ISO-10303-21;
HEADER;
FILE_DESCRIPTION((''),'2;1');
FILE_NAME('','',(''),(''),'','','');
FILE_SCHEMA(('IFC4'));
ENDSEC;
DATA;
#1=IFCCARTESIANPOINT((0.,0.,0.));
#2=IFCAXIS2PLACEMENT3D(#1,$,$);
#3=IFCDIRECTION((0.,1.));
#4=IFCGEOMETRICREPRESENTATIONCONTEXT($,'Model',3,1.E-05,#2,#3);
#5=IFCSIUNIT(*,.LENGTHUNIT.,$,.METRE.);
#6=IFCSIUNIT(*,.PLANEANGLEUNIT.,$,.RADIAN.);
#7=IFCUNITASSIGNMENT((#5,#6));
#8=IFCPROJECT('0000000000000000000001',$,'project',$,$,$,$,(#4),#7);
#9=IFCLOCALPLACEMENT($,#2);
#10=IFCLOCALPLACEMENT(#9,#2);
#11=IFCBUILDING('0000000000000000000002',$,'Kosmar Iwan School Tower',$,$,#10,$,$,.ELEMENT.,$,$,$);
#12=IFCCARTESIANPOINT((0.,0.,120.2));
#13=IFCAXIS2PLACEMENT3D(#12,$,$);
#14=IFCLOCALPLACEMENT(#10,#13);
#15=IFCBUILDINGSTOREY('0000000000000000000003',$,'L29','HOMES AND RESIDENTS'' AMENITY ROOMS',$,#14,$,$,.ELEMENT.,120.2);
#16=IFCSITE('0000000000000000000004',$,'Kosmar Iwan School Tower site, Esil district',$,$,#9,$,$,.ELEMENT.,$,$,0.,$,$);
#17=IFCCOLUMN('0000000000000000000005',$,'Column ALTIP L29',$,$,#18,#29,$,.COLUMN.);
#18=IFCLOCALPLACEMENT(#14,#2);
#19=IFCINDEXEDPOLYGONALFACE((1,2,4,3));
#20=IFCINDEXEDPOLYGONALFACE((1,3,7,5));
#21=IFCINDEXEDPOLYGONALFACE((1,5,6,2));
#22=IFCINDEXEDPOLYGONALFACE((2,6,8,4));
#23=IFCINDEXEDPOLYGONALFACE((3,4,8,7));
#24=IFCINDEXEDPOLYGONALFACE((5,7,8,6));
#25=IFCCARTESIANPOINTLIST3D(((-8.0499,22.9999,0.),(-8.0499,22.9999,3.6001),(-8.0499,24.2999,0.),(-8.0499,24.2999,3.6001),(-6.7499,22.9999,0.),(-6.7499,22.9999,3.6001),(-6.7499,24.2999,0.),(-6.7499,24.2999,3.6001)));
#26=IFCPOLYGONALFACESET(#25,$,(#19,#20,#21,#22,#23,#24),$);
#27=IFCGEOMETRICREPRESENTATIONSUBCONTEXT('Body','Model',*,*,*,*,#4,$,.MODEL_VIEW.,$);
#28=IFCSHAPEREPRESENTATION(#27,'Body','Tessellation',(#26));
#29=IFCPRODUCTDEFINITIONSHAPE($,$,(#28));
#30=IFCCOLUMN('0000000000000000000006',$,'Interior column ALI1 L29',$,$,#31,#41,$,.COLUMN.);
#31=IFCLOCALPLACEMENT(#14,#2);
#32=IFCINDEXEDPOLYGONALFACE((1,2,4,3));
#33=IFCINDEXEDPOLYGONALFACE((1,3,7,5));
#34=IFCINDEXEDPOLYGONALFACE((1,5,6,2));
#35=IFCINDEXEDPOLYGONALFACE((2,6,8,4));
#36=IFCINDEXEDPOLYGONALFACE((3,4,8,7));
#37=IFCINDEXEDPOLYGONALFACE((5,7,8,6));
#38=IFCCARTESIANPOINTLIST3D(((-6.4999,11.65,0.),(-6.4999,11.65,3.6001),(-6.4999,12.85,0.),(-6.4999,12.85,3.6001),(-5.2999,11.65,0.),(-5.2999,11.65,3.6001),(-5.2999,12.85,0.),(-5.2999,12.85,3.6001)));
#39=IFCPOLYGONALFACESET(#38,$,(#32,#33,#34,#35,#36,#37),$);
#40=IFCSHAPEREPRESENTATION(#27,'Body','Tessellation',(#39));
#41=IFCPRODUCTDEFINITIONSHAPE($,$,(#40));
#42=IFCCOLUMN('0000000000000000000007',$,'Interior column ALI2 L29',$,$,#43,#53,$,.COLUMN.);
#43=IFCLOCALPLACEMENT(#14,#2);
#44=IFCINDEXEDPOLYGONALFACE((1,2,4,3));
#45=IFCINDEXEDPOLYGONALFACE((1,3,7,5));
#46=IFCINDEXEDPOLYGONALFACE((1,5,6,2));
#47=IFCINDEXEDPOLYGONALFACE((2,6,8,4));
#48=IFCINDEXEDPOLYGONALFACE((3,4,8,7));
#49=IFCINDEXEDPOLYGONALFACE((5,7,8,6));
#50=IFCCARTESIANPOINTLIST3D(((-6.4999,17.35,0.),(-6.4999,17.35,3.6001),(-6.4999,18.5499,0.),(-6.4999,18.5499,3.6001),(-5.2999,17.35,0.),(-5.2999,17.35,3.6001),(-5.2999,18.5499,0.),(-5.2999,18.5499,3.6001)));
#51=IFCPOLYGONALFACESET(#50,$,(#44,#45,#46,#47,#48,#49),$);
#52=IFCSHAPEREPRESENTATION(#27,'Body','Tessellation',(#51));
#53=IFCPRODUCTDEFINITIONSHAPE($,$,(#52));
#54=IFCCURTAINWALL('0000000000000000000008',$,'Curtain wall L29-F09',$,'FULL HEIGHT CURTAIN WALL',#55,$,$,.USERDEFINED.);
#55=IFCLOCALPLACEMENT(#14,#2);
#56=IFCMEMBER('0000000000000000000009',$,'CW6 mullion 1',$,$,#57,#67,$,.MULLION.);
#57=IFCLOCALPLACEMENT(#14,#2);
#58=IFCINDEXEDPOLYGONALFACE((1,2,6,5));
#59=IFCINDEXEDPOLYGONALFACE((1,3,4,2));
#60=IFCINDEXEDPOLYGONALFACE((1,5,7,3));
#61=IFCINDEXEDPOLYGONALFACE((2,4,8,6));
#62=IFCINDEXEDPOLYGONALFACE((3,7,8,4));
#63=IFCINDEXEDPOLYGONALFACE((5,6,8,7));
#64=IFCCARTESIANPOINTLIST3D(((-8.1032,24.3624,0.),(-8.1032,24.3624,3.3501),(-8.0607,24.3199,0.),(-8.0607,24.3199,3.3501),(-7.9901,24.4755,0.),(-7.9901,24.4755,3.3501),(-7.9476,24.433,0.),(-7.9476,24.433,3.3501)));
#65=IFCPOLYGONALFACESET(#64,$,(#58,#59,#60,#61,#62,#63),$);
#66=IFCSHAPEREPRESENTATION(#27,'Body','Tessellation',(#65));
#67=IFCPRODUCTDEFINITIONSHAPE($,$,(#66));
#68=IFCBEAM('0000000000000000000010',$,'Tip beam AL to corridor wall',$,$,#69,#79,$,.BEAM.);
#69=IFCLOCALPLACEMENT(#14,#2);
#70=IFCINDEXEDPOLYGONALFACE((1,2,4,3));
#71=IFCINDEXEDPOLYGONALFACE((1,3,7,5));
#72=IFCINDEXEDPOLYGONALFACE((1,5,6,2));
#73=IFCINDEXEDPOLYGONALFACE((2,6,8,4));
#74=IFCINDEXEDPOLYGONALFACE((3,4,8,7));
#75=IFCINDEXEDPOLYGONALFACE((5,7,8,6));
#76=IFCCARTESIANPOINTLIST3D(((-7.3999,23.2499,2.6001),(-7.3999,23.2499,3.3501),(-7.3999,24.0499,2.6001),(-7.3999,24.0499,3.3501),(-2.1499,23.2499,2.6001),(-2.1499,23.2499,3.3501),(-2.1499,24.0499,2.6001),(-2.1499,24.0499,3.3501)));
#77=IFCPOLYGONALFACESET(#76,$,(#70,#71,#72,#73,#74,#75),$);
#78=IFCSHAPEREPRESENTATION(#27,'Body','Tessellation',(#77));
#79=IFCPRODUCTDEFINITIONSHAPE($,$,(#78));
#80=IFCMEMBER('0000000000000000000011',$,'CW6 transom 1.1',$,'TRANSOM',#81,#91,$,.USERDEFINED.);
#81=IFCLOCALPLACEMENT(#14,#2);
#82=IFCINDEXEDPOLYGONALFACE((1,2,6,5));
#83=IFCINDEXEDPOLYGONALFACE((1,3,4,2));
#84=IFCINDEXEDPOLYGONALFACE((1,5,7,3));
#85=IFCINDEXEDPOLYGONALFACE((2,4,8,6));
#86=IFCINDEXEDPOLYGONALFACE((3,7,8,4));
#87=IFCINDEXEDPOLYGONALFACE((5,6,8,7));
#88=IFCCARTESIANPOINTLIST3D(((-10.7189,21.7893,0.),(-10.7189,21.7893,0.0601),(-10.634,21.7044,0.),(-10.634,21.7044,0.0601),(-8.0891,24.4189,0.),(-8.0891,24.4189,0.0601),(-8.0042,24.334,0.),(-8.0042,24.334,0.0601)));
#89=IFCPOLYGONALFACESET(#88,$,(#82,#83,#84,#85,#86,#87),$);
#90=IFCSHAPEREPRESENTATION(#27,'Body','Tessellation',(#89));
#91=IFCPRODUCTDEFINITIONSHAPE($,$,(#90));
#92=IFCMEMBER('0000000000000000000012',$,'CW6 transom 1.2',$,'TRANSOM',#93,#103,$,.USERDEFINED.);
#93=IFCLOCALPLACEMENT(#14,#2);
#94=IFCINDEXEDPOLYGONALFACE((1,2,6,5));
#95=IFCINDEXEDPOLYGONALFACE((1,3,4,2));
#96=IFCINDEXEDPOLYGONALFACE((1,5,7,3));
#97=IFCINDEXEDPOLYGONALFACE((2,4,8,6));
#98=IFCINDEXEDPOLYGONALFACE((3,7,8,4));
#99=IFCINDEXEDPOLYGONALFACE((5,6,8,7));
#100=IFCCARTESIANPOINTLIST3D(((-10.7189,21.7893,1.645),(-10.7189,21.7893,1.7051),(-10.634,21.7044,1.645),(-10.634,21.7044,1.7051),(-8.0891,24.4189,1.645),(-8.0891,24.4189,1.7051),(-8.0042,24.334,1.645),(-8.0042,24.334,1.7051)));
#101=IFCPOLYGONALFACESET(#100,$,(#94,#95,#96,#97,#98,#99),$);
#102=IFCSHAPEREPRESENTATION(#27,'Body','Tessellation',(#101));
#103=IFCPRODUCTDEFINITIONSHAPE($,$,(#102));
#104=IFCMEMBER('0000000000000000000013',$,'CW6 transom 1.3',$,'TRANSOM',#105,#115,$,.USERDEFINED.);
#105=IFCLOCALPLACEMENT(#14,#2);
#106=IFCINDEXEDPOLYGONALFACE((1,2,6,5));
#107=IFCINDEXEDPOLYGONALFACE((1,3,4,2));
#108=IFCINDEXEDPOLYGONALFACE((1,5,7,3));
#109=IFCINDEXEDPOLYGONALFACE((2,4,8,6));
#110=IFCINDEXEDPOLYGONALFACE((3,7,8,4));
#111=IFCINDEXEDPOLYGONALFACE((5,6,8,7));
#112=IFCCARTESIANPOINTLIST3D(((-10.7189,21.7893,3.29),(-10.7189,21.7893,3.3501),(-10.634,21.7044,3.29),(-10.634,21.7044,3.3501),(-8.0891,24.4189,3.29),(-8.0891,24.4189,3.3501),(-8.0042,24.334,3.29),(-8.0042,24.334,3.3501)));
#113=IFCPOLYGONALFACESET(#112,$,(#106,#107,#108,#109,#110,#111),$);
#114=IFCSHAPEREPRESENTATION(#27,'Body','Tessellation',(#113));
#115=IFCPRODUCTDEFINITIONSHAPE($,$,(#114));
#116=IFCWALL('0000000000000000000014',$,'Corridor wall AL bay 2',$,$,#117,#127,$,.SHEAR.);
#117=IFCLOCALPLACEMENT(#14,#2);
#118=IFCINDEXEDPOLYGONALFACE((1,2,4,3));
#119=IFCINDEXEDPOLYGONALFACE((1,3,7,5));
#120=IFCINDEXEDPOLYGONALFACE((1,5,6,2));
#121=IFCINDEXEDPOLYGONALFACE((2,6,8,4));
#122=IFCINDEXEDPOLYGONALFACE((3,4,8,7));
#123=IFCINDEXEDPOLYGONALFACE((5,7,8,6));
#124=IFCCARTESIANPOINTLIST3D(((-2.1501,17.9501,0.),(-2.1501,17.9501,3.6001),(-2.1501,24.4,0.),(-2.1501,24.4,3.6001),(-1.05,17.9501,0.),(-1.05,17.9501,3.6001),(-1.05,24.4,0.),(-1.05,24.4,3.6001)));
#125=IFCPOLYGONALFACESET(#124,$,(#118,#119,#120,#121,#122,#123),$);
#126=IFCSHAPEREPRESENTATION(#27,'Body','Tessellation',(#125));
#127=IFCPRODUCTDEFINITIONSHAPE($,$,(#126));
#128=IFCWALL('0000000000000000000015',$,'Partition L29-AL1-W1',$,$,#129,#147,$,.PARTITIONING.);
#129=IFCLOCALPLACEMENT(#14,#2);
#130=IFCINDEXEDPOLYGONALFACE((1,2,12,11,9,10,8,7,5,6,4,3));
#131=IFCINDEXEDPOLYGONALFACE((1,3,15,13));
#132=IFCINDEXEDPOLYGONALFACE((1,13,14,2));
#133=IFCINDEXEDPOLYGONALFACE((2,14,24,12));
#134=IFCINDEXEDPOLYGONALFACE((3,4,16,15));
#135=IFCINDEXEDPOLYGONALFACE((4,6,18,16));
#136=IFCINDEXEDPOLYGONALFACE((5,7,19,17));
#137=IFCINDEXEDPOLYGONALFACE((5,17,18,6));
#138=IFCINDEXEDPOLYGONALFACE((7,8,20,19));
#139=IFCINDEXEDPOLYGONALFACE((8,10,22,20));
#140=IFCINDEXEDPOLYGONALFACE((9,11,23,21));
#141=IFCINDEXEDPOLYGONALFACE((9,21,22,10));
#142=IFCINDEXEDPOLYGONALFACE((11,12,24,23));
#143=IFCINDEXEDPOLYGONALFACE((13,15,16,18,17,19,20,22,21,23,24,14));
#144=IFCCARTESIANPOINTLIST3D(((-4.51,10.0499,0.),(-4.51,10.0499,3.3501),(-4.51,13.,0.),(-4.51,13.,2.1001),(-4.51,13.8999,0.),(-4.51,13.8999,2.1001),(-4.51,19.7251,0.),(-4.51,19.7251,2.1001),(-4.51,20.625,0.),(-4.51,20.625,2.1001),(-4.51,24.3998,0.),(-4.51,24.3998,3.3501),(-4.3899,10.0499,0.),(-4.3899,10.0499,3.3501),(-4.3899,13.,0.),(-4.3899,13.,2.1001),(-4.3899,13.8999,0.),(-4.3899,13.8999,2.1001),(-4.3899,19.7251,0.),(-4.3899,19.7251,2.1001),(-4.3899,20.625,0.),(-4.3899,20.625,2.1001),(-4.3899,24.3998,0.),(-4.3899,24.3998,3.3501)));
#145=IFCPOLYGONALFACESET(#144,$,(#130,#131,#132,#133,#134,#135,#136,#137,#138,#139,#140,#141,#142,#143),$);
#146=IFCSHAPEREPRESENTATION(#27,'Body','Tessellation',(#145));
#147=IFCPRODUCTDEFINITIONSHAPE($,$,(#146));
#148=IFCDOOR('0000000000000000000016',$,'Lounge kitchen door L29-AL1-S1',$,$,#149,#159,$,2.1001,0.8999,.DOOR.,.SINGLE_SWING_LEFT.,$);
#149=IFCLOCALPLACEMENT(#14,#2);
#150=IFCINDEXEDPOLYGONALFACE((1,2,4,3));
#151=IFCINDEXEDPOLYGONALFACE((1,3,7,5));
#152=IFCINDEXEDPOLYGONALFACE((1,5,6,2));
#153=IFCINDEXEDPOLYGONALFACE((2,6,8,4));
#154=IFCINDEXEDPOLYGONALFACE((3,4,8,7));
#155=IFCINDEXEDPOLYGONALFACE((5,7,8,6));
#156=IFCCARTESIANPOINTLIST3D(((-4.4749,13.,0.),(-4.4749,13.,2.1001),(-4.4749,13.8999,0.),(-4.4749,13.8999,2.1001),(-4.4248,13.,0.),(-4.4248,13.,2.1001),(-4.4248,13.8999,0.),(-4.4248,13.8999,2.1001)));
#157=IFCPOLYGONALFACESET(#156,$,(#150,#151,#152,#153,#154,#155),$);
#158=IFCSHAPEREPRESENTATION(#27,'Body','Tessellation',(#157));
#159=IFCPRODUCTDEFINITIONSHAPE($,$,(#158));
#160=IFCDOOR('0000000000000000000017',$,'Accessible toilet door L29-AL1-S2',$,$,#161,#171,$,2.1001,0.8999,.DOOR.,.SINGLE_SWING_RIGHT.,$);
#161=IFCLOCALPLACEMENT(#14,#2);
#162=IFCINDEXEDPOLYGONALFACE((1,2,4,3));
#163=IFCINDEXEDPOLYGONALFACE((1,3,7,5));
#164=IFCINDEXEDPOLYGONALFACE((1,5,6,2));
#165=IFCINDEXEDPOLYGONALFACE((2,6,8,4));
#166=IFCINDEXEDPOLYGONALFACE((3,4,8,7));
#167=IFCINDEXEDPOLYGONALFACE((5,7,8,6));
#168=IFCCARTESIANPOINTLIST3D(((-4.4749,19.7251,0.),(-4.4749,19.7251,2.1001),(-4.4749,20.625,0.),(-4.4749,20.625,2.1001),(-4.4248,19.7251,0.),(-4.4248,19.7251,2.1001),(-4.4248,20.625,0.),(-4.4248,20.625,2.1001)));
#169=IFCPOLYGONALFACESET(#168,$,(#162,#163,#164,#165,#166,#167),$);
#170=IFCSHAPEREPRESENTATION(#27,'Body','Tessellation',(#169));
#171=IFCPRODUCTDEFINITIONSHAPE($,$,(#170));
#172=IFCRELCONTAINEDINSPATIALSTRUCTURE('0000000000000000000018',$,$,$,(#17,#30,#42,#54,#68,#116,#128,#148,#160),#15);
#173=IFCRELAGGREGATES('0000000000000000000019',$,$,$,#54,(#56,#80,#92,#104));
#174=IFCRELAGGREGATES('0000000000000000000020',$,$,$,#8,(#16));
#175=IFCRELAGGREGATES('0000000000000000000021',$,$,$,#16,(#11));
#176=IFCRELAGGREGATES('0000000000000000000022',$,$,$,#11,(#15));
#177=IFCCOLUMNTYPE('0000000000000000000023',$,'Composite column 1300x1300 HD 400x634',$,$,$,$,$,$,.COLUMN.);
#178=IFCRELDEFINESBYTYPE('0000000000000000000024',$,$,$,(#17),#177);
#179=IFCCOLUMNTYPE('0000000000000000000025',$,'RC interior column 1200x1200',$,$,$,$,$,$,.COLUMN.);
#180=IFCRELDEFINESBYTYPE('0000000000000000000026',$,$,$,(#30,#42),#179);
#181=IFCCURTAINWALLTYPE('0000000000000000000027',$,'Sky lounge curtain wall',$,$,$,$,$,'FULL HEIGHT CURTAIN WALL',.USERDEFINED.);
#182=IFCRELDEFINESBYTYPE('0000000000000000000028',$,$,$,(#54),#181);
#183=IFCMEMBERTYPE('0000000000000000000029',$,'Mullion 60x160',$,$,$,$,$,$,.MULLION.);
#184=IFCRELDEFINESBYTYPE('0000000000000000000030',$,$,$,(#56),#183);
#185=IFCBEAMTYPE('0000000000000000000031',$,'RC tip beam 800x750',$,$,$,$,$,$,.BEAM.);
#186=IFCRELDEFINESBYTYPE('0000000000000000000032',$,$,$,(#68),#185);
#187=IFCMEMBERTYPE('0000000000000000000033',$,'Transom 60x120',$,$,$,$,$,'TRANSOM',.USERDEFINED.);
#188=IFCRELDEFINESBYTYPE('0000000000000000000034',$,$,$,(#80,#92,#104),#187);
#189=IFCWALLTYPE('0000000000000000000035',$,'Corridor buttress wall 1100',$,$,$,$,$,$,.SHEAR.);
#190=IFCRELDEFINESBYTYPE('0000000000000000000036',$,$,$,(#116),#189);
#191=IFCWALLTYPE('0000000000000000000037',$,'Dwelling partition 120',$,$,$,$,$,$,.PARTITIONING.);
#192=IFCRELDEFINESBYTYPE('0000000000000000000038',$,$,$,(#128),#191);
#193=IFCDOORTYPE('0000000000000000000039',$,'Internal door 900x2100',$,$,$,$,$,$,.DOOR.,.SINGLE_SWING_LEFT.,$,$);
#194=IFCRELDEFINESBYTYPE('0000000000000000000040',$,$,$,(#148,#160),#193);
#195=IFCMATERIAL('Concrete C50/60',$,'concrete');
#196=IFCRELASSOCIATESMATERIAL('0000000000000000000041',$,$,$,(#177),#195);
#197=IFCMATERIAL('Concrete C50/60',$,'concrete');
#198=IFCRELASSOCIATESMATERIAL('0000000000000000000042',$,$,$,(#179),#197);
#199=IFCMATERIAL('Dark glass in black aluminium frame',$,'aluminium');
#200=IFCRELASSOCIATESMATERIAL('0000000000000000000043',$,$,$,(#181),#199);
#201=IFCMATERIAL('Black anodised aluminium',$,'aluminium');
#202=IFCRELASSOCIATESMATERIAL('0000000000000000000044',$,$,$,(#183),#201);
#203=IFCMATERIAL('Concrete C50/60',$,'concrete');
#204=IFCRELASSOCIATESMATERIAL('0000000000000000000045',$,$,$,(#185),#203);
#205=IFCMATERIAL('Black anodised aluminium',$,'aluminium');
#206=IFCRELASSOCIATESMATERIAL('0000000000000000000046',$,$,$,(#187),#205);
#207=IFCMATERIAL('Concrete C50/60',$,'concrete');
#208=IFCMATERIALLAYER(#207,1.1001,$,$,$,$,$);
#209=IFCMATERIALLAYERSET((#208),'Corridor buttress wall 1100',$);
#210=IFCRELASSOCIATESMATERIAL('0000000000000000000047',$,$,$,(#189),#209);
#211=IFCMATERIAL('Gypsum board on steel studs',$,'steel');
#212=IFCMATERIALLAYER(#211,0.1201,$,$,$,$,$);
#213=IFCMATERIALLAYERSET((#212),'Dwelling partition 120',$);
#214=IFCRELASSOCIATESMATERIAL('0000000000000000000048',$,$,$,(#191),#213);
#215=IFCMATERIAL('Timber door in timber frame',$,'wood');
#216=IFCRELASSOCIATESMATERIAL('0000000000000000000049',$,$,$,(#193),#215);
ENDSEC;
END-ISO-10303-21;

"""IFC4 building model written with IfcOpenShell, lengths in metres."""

from ifc_helpers import new_model, si_unit, direction, frame, frame_2d, origin, origin_2d, place, context, subcontext, project, spatial, rectangle, extrude, material, layer, layer_set, material_profile, profile_set, type_object, element, fill, aggregate, save


model = new_model("IFC4")

# Units and contexts
model_context = context("Model", 3, precision=1e-05, world=origin(), true_north=direction((0.0, 1.0)))
body_context = subcontext(model_context, "Body", "Model", "MODEL_VIEW")
ifc_project = project(units=[si_unit("LENGTHUNIT", "METRE"), si_unit("PLANEANGLEUNIT", "RADIAN")], contexts=[model_context])

# Site, building, storey
site_placement = place(None, origin())
site = spatial("IfcSite", under=ifc_project, at=site_placement, Name="Kosmar Iwan School Tower site, Esil district", CompositionType="ELEMENT", RefElevation=0.0)
building_placement = place(site_placement, origin())
building = spatial("IfcBuilding", under=site, at=building_placement, Name="Kosmar Iwan School Tower", CompositionType="ELEMENT")
storey_placement = place(building_placement, frame((0.0, 0.0, 120.2)))
storey = spatial("IfcBuildingStorey", under=building, at=storey_placement, Name="L29", Description="HOMES AND RESIDENTS' AMENITY ROOMS", CompositionType="ELEMENT", Elevation=120.2)

# Columns
ifc_material_1 = material(Name="Concrete C50/60", Category="concrete")
ifc_material_profile_1 = material_profile(ifc_material_1, rectangle(XDim=1.3, YDim=1.3, at=origin_2d()), Name="RC 1300x1300 + HD 400x634")
ifc_profile_set_1 = profile_set([ifc_material_profile_1], Name="Concrete C50/60")
column_type_1 = type_object("IfcColumnType", Name="Composite column 1300x1300 HD 400x634", PredefinedType="COLUMN", material=ifc_profile_set_1)
column_placement = place(storey_placement, frame((-7.3999, 23.6499, 0.0), z_axis=(0.0, 0.0, 1.0), x_axis=(0.0, 1.0, 0.0)))
element("IfcColumn", 1, at=column_placement, inside=storey, type_object=column_type_1, Name="Column ALTIP L29", PredefinedType="COLUMN", context=body_context, shape_type="SweptSolid", body=[
    extrude(rectangle(XDim=1.3, YDim=1.3, at=origin_2d()), origin(), (0.0, 0.0, 1.0), 3.6001),
])
ifc_material_2 = material(Name="Concrete C50/60", Category="concrete")
ifc_material_profile_2 = material_profile(ifc_material_2, rectangle(XDim=1.2, YDim=1.2, at=origin_2d()), Name="RC 1200x1200")
ifc_profile_set_2 = profile_set([ifc_material_profile_2], Name="Concrete C50/60")
column_type_2 = type_object("IfcColumnType", Name="RC interior column 1200x1200", PredefinedType="COLUMN", material=ifc_profile_set_2)
for number, where, z_axis, x_axis, name in (
    (2, (-5.8999, 12.25, 0.0), (0.0, 0.0, 1.0), (0.0, 1.0, 0.0), "Interior column ALI1 L29"),
    (3, (-5.8999, 17.95, 0.0), (0.0, 0.0, 1.0), (0.0, 1.0, 0.0), "Interior column ALI2 L29"),
):
    element("IfcColumn", number, at=place(storey_placement, frame(where, z_axis=z_axis, x_axis=x_axis)), inside=storey, type_object=column_type_2, Name=name, PredefinedType="COLUMN", context=body_context, shape_type="SweptSolid", body=[
        extrude(rectangle(XDim=1.2, YDim=1.2, at=origin_2d()), origin(), (0.0, 0.0, 1.0), 3.6001),
    ])

# Curtain wall, member
ifc_material_3 = material(Name="Dark glass in black aluminium frame", Category="aluminium")
curtain_wall_type = type_object("IfcCurtainWallType", Name="Sky lounge curtain wall", ElementType="FULL HEIGHT CURTAIN WALL", PredefinedType="USERDEFINED", material=ifc_material_3)
curtain_wall_placement = place(storey_placement, origin())
curtain_wall = element("IfcCurtainWall", 4, at=curtain_wall_placement, inside=storey, type_object=curtain_wall_type, Name="Curtain wall L29-F09", ObjectType="FULL HEIGHT CURTAIN WALL", PredefinedType="USERDEFINED")
ifc_material_4 = material(Name="Black anodised aluminium", Category="aluminium")
ifc_material_profile_3 = material_profile(ifc_material_4, rectangle(XDim=0.0601, YDim=0.1599, at=origin_2d()), Name="MULLION 60x160")
ifc_profile_set_3 = profile_set([ifc_material_profile_3], Name="Black anodised aluminium")
member_type_1 = type_object("IfcMemberType", Name="Mullion 60x160", PredefinedType="MULLION", material=ifc_profile_set_3)
member_1_placement = place(storey_placement, frame((-8.0254, 24.3977, 0.0), z_axis=(0.0, 0.0, 1.0), x_axis=(0.707107, -0.707107, 0.0)))
member_1 = element("IfcMember", 5, at=member_1_placement, type_object=member_type_1, Name="CW6 mullion 1", PredefinedType="MULLION", context=body_context, shape_type="SweptSolid", body=[
    extrude(rectangle(XDim=0.0601, YDim=0.1599, at=origin_2d()), origin(), (0.0, 0.0, 1.0), 3.3501),
])

# Beam
ifc_material_5 = material(Name="Concrete C50/60", Category="concrete")
ifc_material_profile_4 = material_profile(ifc_material_5, rectangle(XDim=0.8, YDim=0.75, at=origin_2d()), Name="RC 800x750")
ifc_profile_set_4 = profile_set([ifc_material_profile_4], Name="Concrete C50/60")
beam_type = type_object("IfcBeamType", Name="RC tip beam 800x750", PredefinedType="BEAM", material=ifc_profile_set_4)
beam_placement = place(storey_placement, frame((-7.3999, 23.6499, 2.9751), z_axis=(1.0, 0.0, 0.0), x_axis=(0.0, 1.0, 0.0)))
element("IfcBeam", 6, at=beam_placement, inside=storey, type_object=beam_type, Name="Tip beam AL to corridor wall", PredefinedType="BEAM", context=body_context, shape_type="SweptSolid", body=[
    extrude(rectangle(XDim=0.8, YDim=0.75, at=origin_2d()), origin(), (0.0, 0.0, 1.0), 5.25),
])

# Members
ifc_material_6 = material(Name="Black anodised aluminium", Category="aluminium")
ifc_material_profile_5 = material_profile(ifc_material_6, rectangle(XDim=0.1201, YDim=0.0601, at=origin_2d()), Name="TRANSOM 60x120")
ifc_profile_set_5 = profile_set([ifc_material_profile_5], Name="Black anodised aluminium")
member_type_2 = type_object("IfcMemberType", Name="Transom 60x120", ElementType="TRANSOM", PredefinedType="USERDEFINED", material=ifc_profile_set_5)
member_2_placement = place(storey_placement, frame((-8.0466, 24.3765, 0.03), z_axis=(-0.70714, -0.707074, 0.0), x_axis=(0.707074, -0.70714, 0.0)))
member_2 = element("IfcMember", 7, at=member_2_placement, type_object=member_type_2, Name="CW6 transom 1.1", ObjectType="TRANSOM", PredefinedType="USERDEFINED", context=body_context, shape_type="SweptSolid", body=[
    extrude(rectangle(XDim=0.1201, YDim=0.0601, at=origin_2d()), origin(), (0.0, 0.0, 1.0), 3.719),
])
member_3_placement = place(storey_placement, frame((-8.0466, 24.3765, 1.675), z_axis=(-0.70714, -0.707074, 0.0), x_axis=(0.707074, -0.70714, 0.0)))
member_3 = element("IfcMember", 8, at=member_3_placement, type_object=member_type_2, Name="CW6 transom 1.2", ObjectType="TRANSOM", PredefinedType="USERDEFINED", context=body_context, shape_type="SweptSolid", body=[
    extrude(rectangle(XDim=0.1201, YDim=0.0601, at=origin_2d()), origin(), (0.0, 0.0, 1.0), 3.719),
])
member_4_placement = place(storey_placement, frame((-8.0466, 24.3765, 3.3201), z_axis=(-0.70714, -0.707074, 0.0), x_axis=(0.707074, -0.70714, 0.0)))
member_4 = element("IfcMember", 9, at=member_4_placement, type_object=member_type_2, Name="CW6 transom 1.3", ObjectType="TRANSOM", PredefinedType="USERDEFINED", context=body_context, shape_type="SweptSolid", body=[
    extrude(rectangle(XDim=0.1201, YDim=0.0601, at=origin_2d()), origin(), (0.0, 0.0, 1.0), 3.719),
])
aggregate(curtain_wall, [member_1, member_2, member_3, member_4])

# Wall
ifc_material_7 = material(Name="Concrete C50/60", Category="concrete")
ifc_layer_1 = layer(ifc_material_7, 1.1001)
ifc_layer_set_1 = layer_set([ifc_layer_1], Name="Corridor buttress wall 1100")
wall_type_1 = type_object("IfcWallType", Name="Corridor buttress wall 1100", PredefinedType="SHEAR", material=ifc_layer_set_1)
wall_1_placement = place(storey_placement, frame((-1.6001, 17.95, 0.0), z_axis=(0.0, 0.0, 1.0), x_axis=(0.0, 1.0, 0.0)))
element("IfcWall", 10, at=wall_1_placement, inside=storey, type_object=wall_type_1, Name="Corridor wall AL bay 2", PredefinedType="SHEAR", context=body_context, shape_type="SweptSolid", body=[
    extrude(rectangle(XDim=6.45, YDim=1.1001, at=frame_2d((3.2251, 0.0))), origin(), (0.0, 0.0, 1.0), 3.6001),
])

# Wall, openings, doors
ifc_material_8 = material(Name="Gypsum board on steel studs", Category="steel")
ifc_layer_2 = layer(ifc_material_8, 0.1201)
ifc_layer_set_2 = layer_set([ifc_layer_2], Name="Dwelling partition 120")
wall_type_2 = type_object("IfcWallType", Name="Dwelling partition 120", PredefinedType="PARTITIONING", material=ifc_layer_set_2)
wall_2_placement = place(storey_placement, frame((-4.45, 10.05, 0.0), z_axis=(0.0, 0.0, 1.0), x_axis=(0.0, 1.0, 0.0)))
wall_2 = element("IfcWall", 11, at=wall_2_placement, inside=storey, type_object=wall_type_2, Name="Partition L29-AL1-W1", PredefinedType="PARTITIONING", context=body_context, shape_type="SweptSolid", body=[
    extrude(rectangle(XDim=14.3499, YDim=0.1201, at=frame_2d((7.1748, 0.0))), origin(), (0.0, 0.0, 1.0), 3.3501),
])
opening_1_placement = place(wall_2_placement, frame((2.95, 0.0, 0.0)))
opening_1 = element("IfcOpeningElement", 12, at=opening_1_placement, cuts=wall_2, PredefinedType="OPENING", context=body_context, shape_type="SweptSolid", body=[
    extrude(rectangle(XDim=0.8999, YDim=2.1001, at=frame_2d((0.45, 1.05))), frame((0.0, 0.072, 0.0), z_axis=(0.0, -1.0, 0.0), x_axis=(1.0, 0.0, 0.0)), (0.0, 0.0, 1.0), 0.144),
])
opening_2_placement = place(wall_2_placement, frame((9.675, 0.0, 0.0)))
opening_2 = element("IfcOpeningElement", 13, at=opening_2_placement, cuts=wall_2, PredefinedType="OPENING", context=body_context, shape_type="SweptSolid", body=[
    extrude(rectangle(XDim=0.8999, YDim=2.1001, at=frame_2d((0.45, 1.05))), frame((0.0, 0.072, 0.0), z_axis=(0.0, -1.0, 0.0), x_axis=(1.0, 0.0, 0.0)), (0.0, 0.0, 1.0), 0.144),
])
ifc_material_9 = material(Name="Timber door in timber frame", Category="wood")
door_type = type_object("IfcDoorType", Name="Internal door 900x2100", OperationType="SINGLE_SWING_LEFT", PredefinedType="DOOR", material=ifc_material_9)
door_1_placement = place(opening_1_placement, origin())
door_1 = element("IfcDoor", 14, at=door_1_placement, inside=storey, type_object=door_type, Name="Lounge kitchen door L29-AL1-S1", OperationType="SINGLE_SWING_LEFT", OverallHeight=2.1001, OverallWidth=0.8999, PredefinedType="DOOR", context=body_context, shape_type="SweptSolid", body=[
    extrude(rectangle(XDim=0.8999, YDim=2.1001, at=frame_2d((0.45, 1.05))), frame((0.0, 0.0249, 0.0), z_axis=(0.0, -1.0, 0.0), x_axis=(1.0, 0.0, 0.0)), (0.0, 0.0, 1.0), 0.05),
])
fill(opening_1, door_1)
door_2_placement = place(opening_2_placement, origin())
door_2 = element("IfcDoor", 15, at=door_2_placement, inside=storey, type_object=door_type, Name="Accessible toilet door L29-AL1-S2", OperationType="SINGLE_SWING_RIGHT", OverallHeight=2.1001, OverallWidth=0.8999, PredefinedType="DOOR", context=body_context, shape_type="SweptSolid", body=[
    extrude(rectangle(XDim=0.8999, YDim=2.1001, at=frame_2d((0.45, 1.05))), frame((0.0, 0.0249, 0.0), z_axis=(0.0, -1.0, 0.0), x_axis=(1.0, 0.0, 0.0)), (0.0, 0.0, 1.0), 0.05),
])
fill(opening_2, door_2)

save(model, "model.ifc")
